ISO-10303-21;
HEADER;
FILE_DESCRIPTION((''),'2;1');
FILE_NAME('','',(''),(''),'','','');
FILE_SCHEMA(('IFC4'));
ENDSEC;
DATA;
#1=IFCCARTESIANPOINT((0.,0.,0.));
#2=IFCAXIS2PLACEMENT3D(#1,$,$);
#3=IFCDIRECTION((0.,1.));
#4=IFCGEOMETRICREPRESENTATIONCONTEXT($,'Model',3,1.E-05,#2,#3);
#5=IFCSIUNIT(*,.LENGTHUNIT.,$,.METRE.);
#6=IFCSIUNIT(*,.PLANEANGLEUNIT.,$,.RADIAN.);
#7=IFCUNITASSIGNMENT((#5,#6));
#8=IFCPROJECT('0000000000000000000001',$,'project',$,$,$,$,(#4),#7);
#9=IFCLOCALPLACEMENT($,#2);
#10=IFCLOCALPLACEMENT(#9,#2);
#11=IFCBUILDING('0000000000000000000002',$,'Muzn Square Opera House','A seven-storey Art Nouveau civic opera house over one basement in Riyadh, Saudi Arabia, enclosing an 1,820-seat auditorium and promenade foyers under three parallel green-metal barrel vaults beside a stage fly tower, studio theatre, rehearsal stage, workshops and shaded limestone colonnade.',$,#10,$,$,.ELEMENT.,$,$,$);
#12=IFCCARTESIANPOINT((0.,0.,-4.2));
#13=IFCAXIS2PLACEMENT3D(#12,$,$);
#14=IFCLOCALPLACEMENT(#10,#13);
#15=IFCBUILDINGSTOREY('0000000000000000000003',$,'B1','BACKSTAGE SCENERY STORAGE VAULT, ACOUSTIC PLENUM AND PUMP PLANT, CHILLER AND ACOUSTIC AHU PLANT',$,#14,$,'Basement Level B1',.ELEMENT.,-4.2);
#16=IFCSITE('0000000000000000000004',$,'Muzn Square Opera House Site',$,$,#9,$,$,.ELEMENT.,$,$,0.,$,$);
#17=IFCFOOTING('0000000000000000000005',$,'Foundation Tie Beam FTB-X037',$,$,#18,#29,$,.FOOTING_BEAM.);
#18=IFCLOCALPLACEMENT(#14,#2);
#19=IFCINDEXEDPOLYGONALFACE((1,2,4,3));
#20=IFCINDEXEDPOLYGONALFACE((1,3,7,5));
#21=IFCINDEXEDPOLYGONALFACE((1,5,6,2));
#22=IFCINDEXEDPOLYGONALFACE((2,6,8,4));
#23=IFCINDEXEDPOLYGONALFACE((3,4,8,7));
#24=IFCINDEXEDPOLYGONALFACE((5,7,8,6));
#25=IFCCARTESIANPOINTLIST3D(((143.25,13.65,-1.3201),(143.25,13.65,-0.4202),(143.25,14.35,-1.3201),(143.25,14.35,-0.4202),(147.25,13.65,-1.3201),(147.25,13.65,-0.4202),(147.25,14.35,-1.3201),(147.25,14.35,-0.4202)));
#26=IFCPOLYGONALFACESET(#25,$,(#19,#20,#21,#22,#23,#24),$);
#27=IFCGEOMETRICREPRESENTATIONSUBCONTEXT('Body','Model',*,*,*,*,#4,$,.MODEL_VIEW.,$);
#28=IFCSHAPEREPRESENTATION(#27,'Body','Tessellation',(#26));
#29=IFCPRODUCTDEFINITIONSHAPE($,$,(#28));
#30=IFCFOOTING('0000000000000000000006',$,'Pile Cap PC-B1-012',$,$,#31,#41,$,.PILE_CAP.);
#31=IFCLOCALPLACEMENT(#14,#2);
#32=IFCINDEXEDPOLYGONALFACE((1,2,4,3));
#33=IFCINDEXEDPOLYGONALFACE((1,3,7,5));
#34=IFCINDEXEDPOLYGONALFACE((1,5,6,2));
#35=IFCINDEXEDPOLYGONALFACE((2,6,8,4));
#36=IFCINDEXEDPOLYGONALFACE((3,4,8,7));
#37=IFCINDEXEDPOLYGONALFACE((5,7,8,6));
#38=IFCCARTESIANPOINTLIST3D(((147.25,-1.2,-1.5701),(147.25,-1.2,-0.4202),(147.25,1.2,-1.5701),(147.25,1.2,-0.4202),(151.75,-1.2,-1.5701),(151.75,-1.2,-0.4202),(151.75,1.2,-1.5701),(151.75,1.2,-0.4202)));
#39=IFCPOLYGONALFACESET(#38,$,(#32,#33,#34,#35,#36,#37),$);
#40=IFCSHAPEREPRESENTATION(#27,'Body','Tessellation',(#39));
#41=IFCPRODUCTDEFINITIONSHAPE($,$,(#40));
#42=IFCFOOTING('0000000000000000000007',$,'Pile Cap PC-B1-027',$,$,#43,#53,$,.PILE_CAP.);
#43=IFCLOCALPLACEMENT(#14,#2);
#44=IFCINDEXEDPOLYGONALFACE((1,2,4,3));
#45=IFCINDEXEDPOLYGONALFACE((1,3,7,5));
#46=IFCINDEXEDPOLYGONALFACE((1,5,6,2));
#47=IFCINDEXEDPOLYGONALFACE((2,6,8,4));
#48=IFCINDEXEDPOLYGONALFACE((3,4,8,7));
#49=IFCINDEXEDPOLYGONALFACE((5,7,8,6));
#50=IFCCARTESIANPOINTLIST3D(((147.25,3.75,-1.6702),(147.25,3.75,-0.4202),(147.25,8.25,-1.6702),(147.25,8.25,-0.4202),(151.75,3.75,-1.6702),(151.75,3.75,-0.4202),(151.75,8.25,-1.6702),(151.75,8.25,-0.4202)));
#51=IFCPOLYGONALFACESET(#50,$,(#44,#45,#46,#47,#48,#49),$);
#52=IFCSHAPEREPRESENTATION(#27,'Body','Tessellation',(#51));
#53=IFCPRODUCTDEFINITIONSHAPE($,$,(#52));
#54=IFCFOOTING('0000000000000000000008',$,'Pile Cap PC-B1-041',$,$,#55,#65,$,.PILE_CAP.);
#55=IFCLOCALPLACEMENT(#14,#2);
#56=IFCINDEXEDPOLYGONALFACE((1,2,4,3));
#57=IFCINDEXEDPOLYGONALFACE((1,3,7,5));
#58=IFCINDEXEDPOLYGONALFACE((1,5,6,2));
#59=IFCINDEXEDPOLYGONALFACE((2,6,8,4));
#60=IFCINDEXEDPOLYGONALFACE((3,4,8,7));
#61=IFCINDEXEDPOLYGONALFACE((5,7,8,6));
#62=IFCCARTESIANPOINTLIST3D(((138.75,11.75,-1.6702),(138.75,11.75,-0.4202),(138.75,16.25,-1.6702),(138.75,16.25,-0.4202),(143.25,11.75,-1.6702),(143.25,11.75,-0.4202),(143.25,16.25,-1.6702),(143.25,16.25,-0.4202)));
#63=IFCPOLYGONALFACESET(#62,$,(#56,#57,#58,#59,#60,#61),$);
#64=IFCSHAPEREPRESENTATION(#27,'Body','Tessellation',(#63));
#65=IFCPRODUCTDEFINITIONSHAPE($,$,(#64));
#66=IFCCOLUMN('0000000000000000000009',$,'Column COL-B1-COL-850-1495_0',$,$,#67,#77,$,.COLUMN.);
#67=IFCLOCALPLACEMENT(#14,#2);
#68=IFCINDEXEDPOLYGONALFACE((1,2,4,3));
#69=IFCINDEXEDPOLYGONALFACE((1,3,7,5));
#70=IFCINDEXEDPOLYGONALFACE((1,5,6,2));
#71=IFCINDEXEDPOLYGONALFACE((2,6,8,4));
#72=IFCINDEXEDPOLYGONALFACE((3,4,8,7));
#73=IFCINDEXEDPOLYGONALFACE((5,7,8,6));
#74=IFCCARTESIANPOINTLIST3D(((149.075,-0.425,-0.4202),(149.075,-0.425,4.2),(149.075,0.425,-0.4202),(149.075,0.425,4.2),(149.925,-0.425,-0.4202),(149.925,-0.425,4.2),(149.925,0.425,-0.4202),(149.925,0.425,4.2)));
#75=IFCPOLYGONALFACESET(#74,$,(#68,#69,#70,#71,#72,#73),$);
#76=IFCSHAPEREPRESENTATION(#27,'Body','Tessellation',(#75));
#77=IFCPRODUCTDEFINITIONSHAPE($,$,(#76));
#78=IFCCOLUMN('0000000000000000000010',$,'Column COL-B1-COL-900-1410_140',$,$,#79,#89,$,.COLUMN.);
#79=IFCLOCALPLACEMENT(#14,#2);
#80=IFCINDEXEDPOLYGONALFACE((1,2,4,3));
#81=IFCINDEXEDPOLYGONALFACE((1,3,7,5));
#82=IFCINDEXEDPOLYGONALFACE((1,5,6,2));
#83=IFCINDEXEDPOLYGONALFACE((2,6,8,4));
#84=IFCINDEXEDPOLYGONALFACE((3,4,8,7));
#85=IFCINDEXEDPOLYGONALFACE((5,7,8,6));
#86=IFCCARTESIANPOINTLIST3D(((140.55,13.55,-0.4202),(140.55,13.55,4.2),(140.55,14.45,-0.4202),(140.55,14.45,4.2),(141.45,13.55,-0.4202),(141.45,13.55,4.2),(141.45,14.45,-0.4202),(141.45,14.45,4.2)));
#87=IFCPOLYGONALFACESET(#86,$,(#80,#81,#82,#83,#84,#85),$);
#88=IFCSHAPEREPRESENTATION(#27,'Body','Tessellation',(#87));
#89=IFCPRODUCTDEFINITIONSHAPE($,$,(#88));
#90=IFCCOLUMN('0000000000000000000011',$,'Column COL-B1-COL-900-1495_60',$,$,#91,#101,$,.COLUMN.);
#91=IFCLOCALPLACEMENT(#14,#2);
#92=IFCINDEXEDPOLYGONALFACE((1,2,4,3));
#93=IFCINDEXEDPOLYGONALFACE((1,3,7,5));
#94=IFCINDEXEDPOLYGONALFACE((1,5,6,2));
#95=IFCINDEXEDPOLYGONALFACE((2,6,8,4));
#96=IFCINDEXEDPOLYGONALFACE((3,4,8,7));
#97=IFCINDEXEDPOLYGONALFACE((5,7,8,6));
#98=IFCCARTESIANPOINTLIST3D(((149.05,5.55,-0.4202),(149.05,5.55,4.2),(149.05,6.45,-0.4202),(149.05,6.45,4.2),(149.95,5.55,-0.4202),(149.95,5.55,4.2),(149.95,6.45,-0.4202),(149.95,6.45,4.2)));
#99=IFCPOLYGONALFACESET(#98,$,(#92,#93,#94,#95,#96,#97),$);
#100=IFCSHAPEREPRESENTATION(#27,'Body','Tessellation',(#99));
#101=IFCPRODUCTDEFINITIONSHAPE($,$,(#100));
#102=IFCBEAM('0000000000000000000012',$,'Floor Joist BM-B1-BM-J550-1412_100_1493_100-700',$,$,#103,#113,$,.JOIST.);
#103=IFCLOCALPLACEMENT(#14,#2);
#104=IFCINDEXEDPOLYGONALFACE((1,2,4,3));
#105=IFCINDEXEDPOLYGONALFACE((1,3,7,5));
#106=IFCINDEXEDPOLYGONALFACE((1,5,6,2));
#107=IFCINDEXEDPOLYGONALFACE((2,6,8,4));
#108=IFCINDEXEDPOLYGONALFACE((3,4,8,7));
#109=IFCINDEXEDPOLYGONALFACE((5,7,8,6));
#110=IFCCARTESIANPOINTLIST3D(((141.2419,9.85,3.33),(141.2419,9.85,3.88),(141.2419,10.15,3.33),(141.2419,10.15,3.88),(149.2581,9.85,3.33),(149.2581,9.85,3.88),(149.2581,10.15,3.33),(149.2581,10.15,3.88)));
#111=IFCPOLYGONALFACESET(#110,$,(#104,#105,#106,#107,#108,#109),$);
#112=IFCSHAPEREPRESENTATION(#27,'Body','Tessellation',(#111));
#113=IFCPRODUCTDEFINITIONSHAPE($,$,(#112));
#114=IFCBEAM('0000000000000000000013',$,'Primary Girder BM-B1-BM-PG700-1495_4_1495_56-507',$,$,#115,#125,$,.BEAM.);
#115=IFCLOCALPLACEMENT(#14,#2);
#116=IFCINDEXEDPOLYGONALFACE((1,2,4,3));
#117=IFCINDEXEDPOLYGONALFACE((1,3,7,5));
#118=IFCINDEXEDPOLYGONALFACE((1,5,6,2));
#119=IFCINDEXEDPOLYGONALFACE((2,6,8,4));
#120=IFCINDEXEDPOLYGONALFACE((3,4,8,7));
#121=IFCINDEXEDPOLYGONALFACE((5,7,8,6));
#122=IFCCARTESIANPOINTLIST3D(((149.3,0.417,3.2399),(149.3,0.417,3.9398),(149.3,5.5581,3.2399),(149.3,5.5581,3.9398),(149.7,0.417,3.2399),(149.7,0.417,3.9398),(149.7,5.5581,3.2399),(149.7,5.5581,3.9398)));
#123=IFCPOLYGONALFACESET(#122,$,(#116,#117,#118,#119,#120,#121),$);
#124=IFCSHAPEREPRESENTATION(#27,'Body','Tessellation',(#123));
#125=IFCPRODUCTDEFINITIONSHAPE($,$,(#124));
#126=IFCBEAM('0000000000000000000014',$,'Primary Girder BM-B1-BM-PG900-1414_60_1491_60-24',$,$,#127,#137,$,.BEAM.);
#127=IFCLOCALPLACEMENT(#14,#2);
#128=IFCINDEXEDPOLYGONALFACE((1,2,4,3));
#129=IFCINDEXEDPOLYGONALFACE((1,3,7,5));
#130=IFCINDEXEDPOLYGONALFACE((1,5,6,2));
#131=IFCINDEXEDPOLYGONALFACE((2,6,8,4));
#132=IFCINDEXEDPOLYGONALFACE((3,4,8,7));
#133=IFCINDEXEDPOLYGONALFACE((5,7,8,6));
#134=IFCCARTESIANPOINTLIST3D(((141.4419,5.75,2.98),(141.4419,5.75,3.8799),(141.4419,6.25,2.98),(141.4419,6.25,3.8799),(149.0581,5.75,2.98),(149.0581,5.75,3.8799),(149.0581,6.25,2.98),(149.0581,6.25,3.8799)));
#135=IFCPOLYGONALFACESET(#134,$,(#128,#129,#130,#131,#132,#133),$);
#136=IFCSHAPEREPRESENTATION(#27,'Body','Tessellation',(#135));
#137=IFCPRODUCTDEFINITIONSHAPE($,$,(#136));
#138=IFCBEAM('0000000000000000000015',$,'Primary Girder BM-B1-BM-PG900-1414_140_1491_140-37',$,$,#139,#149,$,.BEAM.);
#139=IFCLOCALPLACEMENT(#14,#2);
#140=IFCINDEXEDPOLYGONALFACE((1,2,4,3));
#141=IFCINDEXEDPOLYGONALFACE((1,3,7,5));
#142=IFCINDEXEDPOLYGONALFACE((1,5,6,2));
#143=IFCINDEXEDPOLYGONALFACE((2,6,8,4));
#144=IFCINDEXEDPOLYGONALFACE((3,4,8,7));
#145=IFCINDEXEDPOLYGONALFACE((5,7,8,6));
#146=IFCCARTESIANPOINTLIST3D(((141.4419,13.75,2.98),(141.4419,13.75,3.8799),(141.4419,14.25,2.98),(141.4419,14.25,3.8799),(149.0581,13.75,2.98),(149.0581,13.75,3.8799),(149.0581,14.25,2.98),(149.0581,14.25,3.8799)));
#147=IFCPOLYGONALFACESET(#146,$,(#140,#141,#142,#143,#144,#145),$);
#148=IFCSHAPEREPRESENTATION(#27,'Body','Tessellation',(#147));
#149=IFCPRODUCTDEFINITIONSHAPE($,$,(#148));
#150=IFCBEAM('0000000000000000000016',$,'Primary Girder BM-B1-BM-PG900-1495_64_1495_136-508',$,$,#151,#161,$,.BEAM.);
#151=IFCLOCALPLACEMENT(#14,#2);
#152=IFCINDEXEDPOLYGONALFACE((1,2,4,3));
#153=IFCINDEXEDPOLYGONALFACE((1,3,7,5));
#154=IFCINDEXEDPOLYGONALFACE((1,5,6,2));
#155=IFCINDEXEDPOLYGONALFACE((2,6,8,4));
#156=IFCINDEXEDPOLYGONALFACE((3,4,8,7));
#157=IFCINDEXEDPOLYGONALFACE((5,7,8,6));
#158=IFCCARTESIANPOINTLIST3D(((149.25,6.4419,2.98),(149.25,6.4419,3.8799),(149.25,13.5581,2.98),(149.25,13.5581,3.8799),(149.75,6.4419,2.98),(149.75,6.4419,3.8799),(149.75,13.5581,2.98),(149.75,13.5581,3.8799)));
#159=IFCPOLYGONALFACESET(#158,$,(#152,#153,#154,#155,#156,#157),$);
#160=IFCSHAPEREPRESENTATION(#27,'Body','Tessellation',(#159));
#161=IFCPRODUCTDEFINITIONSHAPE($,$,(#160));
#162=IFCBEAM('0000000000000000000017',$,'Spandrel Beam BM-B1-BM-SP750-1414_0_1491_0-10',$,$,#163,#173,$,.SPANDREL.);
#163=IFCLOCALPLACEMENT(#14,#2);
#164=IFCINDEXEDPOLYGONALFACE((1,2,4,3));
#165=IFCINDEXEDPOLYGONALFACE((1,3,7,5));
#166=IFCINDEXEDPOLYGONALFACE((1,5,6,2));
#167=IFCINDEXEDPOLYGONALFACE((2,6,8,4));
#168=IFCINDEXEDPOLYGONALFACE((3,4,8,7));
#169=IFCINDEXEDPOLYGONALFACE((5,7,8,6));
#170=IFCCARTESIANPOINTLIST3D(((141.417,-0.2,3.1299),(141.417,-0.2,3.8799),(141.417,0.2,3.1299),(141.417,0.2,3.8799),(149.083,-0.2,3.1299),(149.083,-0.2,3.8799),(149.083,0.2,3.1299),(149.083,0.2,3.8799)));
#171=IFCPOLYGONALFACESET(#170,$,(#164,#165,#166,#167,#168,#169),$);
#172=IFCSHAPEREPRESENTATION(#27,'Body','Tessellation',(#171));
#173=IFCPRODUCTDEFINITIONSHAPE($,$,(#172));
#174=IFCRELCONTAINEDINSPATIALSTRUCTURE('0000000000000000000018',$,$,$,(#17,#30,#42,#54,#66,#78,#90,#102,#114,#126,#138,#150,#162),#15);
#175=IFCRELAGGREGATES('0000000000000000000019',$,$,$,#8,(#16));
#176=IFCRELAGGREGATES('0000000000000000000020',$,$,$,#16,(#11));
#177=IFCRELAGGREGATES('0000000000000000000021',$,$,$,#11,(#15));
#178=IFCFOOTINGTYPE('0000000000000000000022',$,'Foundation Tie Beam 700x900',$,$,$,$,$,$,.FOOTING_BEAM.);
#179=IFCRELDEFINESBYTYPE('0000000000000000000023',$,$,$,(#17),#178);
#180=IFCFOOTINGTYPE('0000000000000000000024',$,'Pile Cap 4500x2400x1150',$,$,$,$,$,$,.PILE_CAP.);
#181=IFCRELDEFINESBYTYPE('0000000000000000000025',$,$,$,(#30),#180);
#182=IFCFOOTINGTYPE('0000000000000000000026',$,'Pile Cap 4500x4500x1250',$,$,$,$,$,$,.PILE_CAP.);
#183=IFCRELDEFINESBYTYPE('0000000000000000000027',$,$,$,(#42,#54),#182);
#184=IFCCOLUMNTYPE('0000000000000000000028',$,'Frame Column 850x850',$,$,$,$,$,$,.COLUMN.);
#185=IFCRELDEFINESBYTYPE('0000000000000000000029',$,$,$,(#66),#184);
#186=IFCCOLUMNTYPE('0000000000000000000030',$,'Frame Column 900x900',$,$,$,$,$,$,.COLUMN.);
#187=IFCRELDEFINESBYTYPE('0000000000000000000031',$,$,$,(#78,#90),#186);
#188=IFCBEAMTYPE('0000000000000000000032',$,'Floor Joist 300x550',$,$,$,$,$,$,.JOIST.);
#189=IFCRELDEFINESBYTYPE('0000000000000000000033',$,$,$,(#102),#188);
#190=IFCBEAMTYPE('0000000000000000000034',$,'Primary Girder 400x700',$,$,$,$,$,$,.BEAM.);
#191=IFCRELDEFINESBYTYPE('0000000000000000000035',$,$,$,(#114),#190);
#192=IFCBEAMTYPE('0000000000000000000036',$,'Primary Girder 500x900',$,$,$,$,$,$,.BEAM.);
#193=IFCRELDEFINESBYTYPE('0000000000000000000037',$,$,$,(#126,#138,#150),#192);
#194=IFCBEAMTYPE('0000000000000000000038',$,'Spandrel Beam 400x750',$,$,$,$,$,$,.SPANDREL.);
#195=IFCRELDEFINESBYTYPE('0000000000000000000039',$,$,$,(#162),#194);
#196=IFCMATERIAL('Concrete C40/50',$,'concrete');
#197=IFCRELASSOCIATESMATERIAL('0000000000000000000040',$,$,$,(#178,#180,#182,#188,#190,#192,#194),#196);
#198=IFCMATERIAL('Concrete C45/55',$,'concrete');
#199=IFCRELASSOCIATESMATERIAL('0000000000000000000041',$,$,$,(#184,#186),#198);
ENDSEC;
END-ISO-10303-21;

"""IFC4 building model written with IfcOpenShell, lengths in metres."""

from ifc_helpers import new_model, si_unit, direction, frame, origin, origin_2d, place, context, subcontext, project, spatial, rectangle, extrude, material, material_profile, profile_set, type_object, element, save


model = new_model("IFC4")

# Units and contexts
model_context = context("Model", 3, precision=1e-05, world=origin(), true_north=direction((0.0, 1.0)))
body_context = subcontext(model_context, "Body", "Model", "MODEL_VIEW")
ifc_project = project(units=[si_unit("LENGTHUNIT", "METRE"), si_unit("PLANEANGLEUNIT", "RADIAN")], contexts=[model_context])

# Site, building, storey
site_placement = place(None, origin())
site = spatial("IfcSite", under=ifc_project, at=site_placement, Name="Muzn Square Opera House Site", CompositionType="ELEMENT", RefElevation=0.0)
building_placement = place(site_placement, origin())
building = spatial("IfcBuilding", under=site, at=building_placement, Name="Muzn Square Opera House", Description="A seven-storey Art Nouveau civic opera house over one basement in Riyadh, Saudi Arabia, enclosing an 1,820-seat auditorium and promenade foyers under three parallel green-metal barrel vaults beside a stage fly tower, studio theatre, rehearsal stage, workshops and shaded limestone colonnade.", CompositionType="ELEMENT")
storey_placement = place(building_placement, frame((0.0, 0.0, -4.2)))
storey = spatial("IfcBuildingStorey", under=building, at=storey_placement, Name="B1", Description="BACKSTAGE SCENERY STORAGE VAULT, ACOUSTIC PLENUM AND PUMP PLANT, CHILLER AND ACOUSTIC AHU PLANT", LongName="Basement Level B1", CompositionType="ELEMENT", Elevation=-4.2)

# Shared definitions
ifc_material_1 = material(Name="Concrete C40/50", Category="concrete")

# Footings
ifc_material_profile_1 = material_profile(ifc_material_1, rectangle(XDim=0.7, YDim=0.8999, at=origin_2d()), Name="RCTB 700x900", Category="concrete")
ifc_profile_set_1 = profile_set([ifc_material_profile_1], Name="Concrete C40/50")
footing_type_1 = type_object("IfcFootingType", Name="Foundation Tie Beam 700x900", PredefinedType="FOOTING_BEAM", material=ifc_profile_set_1)
for number, where, z_axis, x_axis, name in (
    (1, (143.25, 14.0, -0.8701), (1.0, 0.0, 0.0), (0.0, 1.0, 0.0), "Foundation Tie Beam FTB-X037"),
):
    element("IfcFooting", number, at=place(storey_placement, frame(where, z_axis=z_axis, x_axis=x_axis)), inside=storey, type_object=footing_type_1, Name=name, PredefinedType="FOOTING_BEAM", context=body_context, shape_type="SweptSolid", body=[
        extrude(rectangle(XDim=0.7, YDim=0.8999, at=origin_2d()), origin(), (0.0, 0.0, 1.0), 4.0),
    ])
footing_type_2 = type_object("IfcFootingType", Name="Pile Cap 4500x2400x1150", PredefinedType="PILE_CAP", material=ifc_material_1)
footing_1_placement = place(storey_placement, frame((149.5, 0.0, -1.5701), z_axis=(0.0, 0.0, 1.0), x_axis=(1.0, 0.0, 0.0)))
element("IfcFooting", 2, at=footing_1_placement, inside=storey, type_object=footing_type_2, Name="Pile Cap PC-B1-012", PredefinedType="PILE_CAP", context=body_context, shape_type="SweptSolid", body=[
    extrude(rectangle(XDim=4.5, YDim=2.3999, at=origin_2d()), origin(), (0.0, 0.0, 1.0), 1.1499),
])
footing_type_3 = type_object("IfcFootingType", Name="Pile Cap 4500x4500x1250", PredefinedType="PILE_CAP", material=ifc_material_1)
for number, where, z_axis, x_axis, name in (
    (3, (149.5, 6.0, -1.6702), (0.0, 0.0, 1.0), (1.0, 0.0, 0.0), "Pile Cap PC-B1-027"),
    (4, (141.0, 14.0, -1.6702), (0.0, 0.0, 1.0), (1.0, 0.0, 0.0), "Pile Cap PC-B1-041"),
):
    element("IfcFooting", number, at=place(storey_placement, frame(where, z_axis=z_axis, x_axis=x_axis)), inside=storey, type_object=footing_type_3, Name=name, PredefinedType="PILE_CAP", context=body_context, shape_type="SweptSolid", body=[
        extrude(rectangle(XDim=4.5, YDim=4.5, at=origin_2d()), origin(), (0.0, 0.0, 1.0), 1.25),
    ])

# Columns
ifc_material_2 = material(Name="Concrete C45/55", Category="concrete")
ifc_material_profile_2 = material_profile(ifc_material_2, rectangle(XDim=0.8501, YDim=0.8501, at=origin_2d()), Name="RC 850x850", Category="concrete")
ifc_profile_set_2 = profile_set([ifc_material_profile_2], Name="Concrete C45/55")
column_type_1 = type_object("IfcColumnType", Name="Frame Column 850x850", PredefinedType="COLUMN", material=ifc_profile_set_2)
column_placement = place(storey_placement, frame((149.5, 0.0, -0.4202), z_axis=(0.0, 0.0, 1.0), x_axis=(1.0, 0.0, 0.0)))
element("IfcColumn", 5, at=column_placement, inside=storey, type_object=column_type_1, Name="Column COL-B1-COL-850-1495_0", PredefinedType="COLUMN", context=body_context, shape_type="SweptSolid", body=[
    extrude(rectangle(XDim=0.8501, YDim=0.8501, at=origin_2d()), origin(), (0.0, 0.0, 1.0), 4.6201),
])
ifc_material_profile_3 = material_profile(ifc_material_2, rectangle(XDim=0.8999, YDim=0.8999, at=origin_2d()), Name="RC 900x900", Category="concrete")
ifc_profile_set_3 = profile_set([ifc_material_profile_3], Name="Concrete C45/55")
column_type_2 = type_object("IfcColumnType", Name="Frame Column 900x900", PredefinedType="COLUMN", material=ifc_profile_set_3)
for number, where, z_axis, x_axis, name in (
    (6, (141.0, 14.0, -0.4202), (0.0, 0.0, 1.0), (1.0, 0.0, 0.0), "Column COL-B1-COL-900-1410_140"),
    (7, (149.5, 6.0, -0.4202), (0.0, 0.0, 1.0), (1.0, 0.0, 0.0), "Column COL-B1-COL-900-1495_60"),
):
    element("IfcColumn", number, at=place(storey_placement, frame(where, z_axis=z_axis, x_axis=x_axis)), inside=storey, type_object=column_type_2, Name=name, PredefinedType="COLUMN", context=body_context, shape_type="SweptSolid", body=[
        extrude(rectangle(XDim=0.8999, YDim=0.8999, at=origin_2d()), origin(), (0.0, 0.0, 1.0), 4.6201),
    ])

# Beams
ifc_material_profile_4 = material_profile(ifc_material_1, rectangle(XDim=0.3, YDim=0.55, at=origin_2d()), Name="RCJ 300x550", Category="concrete")
ifc_profile_set_4 = profile_set([ifc_material_profile_4], Name="Concrete C40/50")
beam_type_1 = type_object("IfcBeamType", Name="Floor Joist 300x550", PredefinedType="JOIST", material=ifc_profile_set_4)
beam_1_placement = place(storey_placement, frame((141.2419, 10.0, 3.605), z_axis=(1.0, 0.0, 0.0), x_axis=(0.0, 1.0, 0.0)))
element("IfcBeam", 8, at=beam_1_placement, inside=storey, type_object=beam_type_1, Name="Floor Joist BM-B1-BM-J550-1412_100_1493_100-700", PredefinedType="JOIST", context=body_context, shape_type="SweptSolid", body=[
    extrude(rectangle(XDim=0.3, YDim=0.55, at=origin_2d()), origin(), (0.0, 0.0, 1.0), 8.0161),
])
ifc_material_profile_5 = material_profile(ifc_material_1, rectangle(XDim=0.3999, YDim=0.7, at=origin_2d()), Name="RCB 400x700", Category="concrete")
ifc_profile_set_5 = profile_set([ifc_material_profile_5], Name="Concrete C40/50")
beam_type_2 = type_object("IfcBeamType", Name="Primary Girder 400x700", PredefinedType="BEAM", material=ifc_profile_set_5)
beam_2_placement = place(storey_placement, frame((149.5, 0.417, 3.5898), z_axis=(0.0, 1.0, 0.0), x_axis=(-1.0, 0.0, 0.0)))
element("IfcBeam", 9, at=beam_2_placement, inside=storey, type_object=beam_type_2, Name="Primary Girder BM-B1-BM-PG700-1495_4_1495_56-507", PredefinedType="BEAM", context=body_context, shape_type="SweptSolid", body=[
    extrude(rectangle(XDim=0.3999, YDim=0.7, at=origin_2d()), origin(), (0.0, 0.0, 1.0), 5.1411),
])
ifc_material_profile_6 = material_profile(ifc_material_1, rectangle(XDim=0.5, YDim=0.8999, at=origin_2d()), Name="RCB 500x900", Category="concrete")
ifc_profile_set_6 = profile_set([ifc_material_profile_6], Name="Concrete C40/50")
beam_type_3 = type_object("IfcBeamType", Name="Primary Girder 500x900", PredefinedType="BEAM", material=ifc_profile_set_6)
for number, where, z_axis, x_axis, name in (
    (10, (141.4419, 6.0, 3.4299), (1.0, 0.0, 0.0), (0.0, 1.0, 0.0), "Primary Girder BM-B1-BM-PG900-1414_60_1491_60-24"),
    (11, (141.4419, 14.0, 3.4299), (1.0, 0.0, 0.0), (0.0, 1.0, 0.0), "Primary Girder BM-B1-BM-PG900-1414_140_1491_140-37"),
):
    element("IfcBeam", number, at=place(storey_placement, frame(where, z_axis=z_axis, x_axis=x_axis)), inside=storey, type_object=beam_type_3, Name=name, PredefinedType="BEAM", context=body_context, shape_type="SweptSolid", body=[
        extrude(rectangle(XDim=0.5, YDim=0.8999, at=origin_2d()), origin(), (0.0, 0.0, 1.0), 7.6162),
    ])
beam_3_placement = place(storey_placement, frame((149.5, 6.4419, 3.4299), z_axis=(0.0, 1.0, 0.0), x_axis=(-1.0, 0.0, 0.0)))
element("IfcBeam", 12, at=beam_3_placement, inside=storey, type_object=beam_type_3, Name="Primary Girder BM-B1-BM-PG900-1495_64_1495_136-508", PredefinedType="BEAM", context=body_context, shape_type="SweptSolid", body=[
    extrude(rectangle(XDim=0.5, YDim=0.8999, at=origin_2d()), origin(), (0.0, 0.0, 1.0), 7.1162),
])
ifc_material_profile_7 = material_profile(ifc_material_1, rectangle(XDim=0.3999, YDim=0.75, at=origin_2d()), Name="RCS 400x750", Category="concrete")
ifc_profile_set_7 = profile_set([ifc_material_profile_7], Name="Concrete C40/50")
beam_type_4 = type_object("IfcBeamType", Name="Spandrel Beam 400x750", PredefinedType="SPANDREL", material=ifc_profile_set_7)
beam_4_placement = place(storey_placement, frame((141.417, 0.0, 3.5049), z_axis=(1.0, 0.0, 0.0), x_axis=(0.0, 1.0, 0.0)))
element("IfcBeam", 13, at=beam_4_placement, inside=storey, type_object=beam_type_4, Name="Spandrel Beam BM-B1-BM-SP750-1414_0_1491_0-10", PredefinedType="SPANDREL", context=body_context, shape_type="SweptSolid", body=[
    extrude(rectangle(XDim=0.3999, YDim=0.75, at=origin_2d()), origin(), (0.0, 0.0, 1.0), 7.666),
])

save(model, "model.ifc")
